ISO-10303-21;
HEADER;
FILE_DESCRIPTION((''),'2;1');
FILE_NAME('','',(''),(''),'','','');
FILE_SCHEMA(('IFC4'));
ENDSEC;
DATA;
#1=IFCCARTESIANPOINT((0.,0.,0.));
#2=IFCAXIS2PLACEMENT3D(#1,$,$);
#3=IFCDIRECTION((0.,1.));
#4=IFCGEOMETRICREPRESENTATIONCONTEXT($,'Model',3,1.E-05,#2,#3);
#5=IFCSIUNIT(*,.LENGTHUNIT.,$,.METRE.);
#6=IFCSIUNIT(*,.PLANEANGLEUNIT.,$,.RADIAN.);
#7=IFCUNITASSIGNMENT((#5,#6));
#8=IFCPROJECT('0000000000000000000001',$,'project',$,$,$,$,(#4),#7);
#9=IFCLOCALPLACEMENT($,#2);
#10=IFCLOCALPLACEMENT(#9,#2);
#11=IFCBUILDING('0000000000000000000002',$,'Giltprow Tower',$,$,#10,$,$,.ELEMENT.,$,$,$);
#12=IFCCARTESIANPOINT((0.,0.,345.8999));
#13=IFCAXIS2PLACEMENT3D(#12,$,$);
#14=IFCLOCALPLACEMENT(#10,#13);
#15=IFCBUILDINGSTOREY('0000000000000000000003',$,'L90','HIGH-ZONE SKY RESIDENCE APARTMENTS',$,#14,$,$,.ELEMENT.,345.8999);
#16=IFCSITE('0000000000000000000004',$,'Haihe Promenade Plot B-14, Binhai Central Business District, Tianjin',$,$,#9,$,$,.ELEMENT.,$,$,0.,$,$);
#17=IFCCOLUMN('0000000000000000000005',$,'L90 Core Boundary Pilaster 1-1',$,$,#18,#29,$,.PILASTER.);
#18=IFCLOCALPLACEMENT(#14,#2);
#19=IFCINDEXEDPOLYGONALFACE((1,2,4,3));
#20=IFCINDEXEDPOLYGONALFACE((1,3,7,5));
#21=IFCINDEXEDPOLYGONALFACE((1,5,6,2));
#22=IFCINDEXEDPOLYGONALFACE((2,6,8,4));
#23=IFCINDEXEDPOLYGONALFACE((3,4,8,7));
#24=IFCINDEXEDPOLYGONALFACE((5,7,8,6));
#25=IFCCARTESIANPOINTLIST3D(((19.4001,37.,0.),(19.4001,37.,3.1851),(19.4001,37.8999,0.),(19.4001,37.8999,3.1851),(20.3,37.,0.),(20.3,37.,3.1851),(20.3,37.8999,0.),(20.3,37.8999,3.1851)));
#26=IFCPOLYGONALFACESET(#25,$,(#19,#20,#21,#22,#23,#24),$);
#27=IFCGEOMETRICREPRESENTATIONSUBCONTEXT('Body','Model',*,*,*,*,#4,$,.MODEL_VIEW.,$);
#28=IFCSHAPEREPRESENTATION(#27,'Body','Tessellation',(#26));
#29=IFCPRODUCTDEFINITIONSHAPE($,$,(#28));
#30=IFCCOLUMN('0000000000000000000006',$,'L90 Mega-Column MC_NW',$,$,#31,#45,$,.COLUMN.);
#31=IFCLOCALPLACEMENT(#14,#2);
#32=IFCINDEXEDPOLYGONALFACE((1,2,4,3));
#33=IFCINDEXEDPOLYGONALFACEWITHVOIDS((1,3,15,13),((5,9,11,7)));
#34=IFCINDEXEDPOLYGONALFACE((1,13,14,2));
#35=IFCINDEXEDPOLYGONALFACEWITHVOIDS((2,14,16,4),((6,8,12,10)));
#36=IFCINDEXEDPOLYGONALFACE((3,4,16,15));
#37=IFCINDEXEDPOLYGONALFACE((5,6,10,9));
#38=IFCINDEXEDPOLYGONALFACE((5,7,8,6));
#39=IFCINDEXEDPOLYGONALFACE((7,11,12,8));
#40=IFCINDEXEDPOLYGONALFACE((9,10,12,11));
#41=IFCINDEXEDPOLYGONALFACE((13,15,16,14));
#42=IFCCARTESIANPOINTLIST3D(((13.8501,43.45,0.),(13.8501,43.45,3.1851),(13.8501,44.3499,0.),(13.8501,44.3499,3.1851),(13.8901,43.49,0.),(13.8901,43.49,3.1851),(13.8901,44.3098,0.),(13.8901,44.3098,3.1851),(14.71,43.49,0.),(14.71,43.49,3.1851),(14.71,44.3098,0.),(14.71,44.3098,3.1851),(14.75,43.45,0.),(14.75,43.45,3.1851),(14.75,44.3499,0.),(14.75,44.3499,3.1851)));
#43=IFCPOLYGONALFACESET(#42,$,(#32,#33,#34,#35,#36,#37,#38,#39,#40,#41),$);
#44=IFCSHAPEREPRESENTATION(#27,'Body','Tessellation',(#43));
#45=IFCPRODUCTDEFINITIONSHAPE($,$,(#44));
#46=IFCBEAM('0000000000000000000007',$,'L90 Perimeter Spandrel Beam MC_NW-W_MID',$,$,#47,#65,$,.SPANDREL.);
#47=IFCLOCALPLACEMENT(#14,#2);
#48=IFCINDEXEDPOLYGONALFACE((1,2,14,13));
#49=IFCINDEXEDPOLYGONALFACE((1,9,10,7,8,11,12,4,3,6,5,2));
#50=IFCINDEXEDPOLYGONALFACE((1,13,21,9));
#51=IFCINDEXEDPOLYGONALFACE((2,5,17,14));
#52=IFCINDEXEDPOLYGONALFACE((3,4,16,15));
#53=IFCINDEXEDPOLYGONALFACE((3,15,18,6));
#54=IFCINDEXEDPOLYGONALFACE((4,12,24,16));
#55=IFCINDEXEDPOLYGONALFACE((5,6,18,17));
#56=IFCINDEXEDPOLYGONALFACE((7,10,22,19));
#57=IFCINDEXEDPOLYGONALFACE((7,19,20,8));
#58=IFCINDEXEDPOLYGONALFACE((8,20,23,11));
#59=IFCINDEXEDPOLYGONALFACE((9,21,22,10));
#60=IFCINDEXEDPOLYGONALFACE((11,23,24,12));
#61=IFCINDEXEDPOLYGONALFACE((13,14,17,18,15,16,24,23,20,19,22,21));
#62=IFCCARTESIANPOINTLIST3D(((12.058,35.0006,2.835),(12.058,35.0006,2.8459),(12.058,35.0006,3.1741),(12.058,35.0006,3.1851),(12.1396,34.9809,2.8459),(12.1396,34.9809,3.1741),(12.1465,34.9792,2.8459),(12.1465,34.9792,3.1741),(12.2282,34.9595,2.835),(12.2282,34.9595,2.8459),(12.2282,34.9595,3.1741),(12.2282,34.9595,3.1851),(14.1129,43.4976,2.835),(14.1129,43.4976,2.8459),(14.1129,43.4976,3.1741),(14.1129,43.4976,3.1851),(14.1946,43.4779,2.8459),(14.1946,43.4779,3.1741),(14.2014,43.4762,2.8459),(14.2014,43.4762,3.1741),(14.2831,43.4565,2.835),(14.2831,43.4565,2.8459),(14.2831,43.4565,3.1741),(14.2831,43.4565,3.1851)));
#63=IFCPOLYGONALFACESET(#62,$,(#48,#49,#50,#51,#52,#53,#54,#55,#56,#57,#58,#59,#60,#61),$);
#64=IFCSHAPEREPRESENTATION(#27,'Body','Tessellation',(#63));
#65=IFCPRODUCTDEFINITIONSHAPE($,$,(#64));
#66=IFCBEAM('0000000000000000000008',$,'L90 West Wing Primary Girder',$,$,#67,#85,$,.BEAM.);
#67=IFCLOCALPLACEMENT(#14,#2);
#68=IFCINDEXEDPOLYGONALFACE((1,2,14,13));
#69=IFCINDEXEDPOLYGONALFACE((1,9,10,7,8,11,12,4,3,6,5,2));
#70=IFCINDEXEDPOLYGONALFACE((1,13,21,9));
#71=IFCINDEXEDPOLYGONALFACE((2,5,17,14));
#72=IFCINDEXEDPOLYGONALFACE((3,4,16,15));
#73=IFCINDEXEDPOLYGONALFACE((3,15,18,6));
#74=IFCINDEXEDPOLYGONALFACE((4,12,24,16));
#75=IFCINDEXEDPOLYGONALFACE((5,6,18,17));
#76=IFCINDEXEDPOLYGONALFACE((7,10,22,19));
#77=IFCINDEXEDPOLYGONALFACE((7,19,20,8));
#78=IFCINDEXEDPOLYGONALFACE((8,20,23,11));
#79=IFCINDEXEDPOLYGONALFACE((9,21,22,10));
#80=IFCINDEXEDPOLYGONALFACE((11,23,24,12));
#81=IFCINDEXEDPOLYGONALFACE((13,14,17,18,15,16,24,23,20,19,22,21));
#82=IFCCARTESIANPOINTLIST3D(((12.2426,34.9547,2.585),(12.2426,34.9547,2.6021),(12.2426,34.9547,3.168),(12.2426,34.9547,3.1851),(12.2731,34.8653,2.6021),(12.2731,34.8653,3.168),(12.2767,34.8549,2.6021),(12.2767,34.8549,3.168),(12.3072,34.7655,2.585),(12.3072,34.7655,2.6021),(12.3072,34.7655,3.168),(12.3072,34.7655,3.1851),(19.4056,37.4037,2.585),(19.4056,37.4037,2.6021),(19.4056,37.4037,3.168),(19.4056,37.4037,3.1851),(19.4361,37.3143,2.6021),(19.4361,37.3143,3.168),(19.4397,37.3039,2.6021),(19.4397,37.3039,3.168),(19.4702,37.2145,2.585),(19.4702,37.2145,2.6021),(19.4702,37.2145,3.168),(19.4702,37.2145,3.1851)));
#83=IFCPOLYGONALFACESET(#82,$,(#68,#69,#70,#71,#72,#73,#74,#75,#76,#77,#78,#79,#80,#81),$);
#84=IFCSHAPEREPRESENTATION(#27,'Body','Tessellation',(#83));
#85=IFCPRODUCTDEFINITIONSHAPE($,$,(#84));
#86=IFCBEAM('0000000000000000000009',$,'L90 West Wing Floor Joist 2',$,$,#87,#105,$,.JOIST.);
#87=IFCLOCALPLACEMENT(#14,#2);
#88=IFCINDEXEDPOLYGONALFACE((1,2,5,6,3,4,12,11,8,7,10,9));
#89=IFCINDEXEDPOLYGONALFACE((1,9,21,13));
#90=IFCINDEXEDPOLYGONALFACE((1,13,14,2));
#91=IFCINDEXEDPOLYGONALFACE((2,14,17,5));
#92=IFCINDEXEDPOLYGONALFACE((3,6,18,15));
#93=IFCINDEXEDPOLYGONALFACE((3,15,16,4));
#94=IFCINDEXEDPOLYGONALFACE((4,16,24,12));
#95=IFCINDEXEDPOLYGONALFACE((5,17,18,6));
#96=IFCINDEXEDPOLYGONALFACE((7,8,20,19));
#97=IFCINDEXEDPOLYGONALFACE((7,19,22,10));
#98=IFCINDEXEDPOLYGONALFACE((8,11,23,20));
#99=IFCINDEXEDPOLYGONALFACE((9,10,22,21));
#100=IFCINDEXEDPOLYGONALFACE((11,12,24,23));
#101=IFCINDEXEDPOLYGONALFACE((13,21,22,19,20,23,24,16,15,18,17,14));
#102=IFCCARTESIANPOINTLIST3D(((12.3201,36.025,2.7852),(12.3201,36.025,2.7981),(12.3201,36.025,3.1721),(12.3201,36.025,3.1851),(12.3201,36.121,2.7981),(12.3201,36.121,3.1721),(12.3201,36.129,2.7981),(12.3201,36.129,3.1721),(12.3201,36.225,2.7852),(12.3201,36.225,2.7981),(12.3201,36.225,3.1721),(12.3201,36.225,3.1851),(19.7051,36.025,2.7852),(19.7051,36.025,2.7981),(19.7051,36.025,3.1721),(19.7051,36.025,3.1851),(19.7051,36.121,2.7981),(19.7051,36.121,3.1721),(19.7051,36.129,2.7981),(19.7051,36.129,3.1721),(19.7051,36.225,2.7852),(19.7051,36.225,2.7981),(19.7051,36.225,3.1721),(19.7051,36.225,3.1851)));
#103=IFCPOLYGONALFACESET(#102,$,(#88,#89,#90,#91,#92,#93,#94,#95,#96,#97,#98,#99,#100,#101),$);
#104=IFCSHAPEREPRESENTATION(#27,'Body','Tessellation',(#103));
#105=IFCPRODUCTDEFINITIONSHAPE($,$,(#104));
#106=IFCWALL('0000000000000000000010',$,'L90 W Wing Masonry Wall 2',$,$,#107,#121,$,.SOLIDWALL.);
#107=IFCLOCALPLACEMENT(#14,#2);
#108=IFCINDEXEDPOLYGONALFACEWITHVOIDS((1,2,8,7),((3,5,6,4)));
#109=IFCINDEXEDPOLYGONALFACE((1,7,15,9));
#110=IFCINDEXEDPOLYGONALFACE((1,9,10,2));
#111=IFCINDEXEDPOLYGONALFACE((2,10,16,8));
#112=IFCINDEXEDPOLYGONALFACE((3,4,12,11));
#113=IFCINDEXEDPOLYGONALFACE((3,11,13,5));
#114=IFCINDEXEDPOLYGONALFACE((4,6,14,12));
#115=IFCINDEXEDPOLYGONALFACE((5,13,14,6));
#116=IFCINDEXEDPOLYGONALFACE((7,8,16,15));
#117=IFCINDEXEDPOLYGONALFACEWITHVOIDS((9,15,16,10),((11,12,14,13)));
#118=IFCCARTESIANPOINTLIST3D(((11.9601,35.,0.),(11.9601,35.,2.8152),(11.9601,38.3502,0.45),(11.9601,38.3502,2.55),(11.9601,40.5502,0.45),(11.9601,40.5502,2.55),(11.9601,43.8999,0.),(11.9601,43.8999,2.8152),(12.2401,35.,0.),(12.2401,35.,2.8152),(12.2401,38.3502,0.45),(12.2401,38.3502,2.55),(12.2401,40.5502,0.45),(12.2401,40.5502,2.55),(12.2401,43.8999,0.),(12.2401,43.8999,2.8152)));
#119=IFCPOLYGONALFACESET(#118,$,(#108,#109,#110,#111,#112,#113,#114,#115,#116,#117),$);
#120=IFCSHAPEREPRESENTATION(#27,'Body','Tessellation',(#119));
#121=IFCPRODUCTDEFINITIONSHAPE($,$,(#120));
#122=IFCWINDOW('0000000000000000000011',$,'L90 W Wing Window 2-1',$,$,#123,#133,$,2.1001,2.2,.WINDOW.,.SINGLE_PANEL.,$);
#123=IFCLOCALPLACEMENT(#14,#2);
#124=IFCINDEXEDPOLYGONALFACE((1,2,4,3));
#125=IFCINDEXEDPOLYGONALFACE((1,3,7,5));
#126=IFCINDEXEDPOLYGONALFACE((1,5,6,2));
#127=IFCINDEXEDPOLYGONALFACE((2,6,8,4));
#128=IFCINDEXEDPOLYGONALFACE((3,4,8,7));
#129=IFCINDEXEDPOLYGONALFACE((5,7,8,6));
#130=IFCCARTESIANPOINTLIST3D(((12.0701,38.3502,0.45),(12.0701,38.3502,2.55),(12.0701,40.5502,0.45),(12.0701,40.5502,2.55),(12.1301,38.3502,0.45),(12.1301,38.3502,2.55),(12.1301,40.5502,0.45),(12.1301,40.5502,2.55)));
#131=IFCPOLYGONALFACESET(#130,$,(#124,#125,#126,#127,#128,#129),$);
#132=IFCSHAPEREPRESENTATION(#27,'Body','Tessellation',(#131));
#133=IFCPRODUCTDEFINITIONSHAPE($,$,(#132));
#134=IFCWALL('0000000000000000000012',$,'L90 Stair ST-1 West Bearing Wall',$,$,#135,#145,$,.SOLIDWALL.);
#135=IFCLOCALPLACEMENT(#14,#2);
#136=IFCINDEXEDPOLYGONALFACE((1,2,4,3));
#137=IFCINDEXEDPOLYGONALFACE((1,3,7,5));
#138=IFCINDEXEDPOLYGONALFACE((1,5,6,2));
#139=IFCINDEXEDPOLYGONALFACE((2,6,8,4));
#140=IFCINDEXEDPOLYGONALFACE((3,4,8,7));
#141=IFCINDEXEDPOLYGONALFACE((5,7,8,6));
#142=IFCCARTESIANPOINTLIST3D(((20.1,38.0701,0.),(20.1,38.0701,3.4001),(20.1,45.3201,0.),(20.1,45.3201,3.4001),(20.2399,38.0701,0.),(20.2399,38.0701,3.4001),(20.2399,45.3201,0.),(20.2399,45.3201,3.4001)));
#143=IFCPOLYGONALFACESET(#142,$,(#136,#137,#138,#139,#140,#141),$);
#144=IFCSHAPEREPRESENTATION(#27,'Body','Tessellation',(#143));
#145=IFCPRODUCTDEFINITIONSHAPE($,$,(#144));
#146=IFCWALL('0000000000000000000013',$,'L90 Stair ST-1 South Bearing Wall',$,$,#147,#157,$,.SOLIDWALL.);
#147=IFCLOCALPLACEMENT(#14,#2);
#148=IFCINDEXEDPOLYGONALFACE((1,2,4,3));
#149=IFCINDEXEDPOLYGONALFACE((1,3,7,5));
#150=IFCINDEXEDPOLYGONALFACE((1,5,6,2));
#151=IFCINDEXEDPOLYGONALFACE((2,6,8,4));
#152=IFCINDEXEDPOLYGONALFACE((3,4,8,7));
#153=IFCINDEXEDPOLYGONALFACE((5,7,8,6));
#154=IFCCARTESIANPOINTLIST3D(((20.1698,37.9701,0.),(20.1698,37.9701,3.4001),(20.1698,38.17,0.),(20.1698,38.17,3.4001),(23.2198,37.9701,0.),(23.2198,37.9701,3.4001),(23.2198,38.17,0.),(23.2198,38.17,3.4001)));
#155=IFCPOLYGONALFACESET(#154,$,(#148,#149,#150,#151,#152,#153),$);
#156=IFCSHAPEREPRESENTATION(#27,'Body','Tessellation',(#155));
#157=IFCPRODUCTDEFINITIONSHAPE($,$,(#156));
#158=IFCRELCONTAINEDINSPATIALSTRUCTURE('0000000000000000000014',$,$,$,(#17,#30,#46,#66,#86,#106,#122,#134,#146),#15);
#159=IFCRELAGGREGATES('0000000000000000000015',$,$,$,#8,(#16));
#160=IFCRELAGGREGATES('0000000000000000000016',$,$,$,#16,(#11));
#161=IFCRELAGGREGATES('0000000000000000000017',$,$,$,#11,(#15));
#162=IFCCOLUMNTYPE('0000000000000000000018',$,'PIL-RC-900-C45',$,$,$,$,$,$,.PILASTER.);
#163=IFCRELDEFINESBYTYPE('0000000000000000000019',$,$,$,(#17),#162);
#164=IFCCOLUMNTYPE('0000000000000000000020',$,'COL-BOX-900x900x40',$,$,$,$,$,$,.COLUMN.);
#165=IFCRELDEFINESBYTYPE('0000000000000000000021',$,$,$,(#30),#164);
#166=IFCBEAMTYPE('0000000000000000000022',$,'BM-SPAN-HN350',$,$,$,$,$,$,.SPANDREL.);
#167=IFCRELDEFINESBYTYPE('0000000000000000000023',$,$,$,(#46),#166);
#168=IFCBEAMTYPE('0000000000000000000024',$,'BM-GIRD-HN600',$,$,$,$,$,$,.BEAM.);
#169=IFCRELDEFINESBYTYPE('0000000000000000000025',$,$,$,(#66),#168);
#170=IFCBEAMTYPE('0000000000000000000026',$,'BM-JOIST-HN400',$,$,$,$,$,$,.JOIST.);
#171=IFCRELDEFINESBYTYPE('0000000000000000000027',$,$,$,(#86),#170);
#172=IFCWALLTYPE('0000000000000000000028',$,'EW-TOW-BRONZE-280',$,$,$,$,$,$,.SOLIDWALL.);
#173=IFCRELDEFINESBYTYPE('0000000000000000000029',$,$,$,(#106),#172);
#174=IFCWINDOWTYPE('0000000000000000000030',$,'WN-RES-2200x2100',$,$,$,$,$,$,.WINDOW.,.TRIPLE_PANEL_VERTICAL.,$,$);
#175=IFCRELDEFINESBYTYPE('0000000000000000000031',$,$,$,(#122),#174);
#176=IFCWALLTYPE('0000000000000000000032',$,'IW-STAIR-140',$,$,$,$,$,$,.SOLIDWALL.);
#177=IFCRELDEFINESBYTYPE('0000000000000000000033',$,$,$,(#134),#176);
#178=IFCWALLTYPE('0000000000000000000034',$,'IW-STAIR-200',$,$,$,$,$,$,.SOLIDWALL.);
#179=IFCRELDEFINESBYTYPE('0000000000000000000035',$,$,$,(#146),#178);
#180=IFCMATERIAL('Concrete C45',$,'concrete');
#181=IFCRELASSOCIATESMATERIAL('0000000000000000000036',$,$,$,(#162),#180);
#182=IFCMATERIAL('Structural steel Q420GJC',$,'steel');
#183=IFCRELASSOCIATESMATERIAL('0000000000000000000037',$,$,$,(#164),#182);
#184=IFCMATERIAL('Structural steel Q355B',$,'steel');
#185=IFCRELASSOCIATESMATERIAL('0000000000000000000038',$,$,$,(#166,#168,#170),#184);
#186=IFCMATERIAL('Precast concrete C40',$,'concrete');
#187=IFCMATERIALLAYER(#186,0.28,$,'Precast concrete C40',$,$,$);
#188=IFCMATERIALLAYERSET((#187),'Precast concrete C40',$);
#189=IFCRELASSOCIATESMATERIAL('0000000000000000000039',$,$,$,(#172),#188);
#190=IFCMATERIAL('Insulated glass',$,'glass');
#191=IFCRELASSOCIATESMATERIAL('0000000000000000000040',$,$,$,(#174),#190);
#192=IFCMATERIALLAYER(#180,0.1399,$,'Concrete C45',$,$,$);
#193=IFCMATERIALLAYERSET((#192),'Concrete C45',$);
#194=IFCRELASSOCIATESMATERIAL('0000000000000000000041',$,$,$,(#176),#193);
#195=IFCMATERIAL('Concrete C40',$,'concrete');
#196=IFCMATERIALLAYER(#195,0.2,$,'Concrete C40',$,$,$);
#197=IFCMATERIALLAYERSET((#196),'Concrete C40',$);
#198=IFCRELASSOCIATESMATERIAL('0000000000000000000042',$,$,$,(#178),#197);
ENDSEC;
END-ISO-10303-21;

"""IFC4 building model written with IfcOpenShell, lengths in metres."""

from ifc_helpers import new_model, si_unit, direction, frame, frame_2d, origin, origin_2d, place, context, subcontext, project, spatial, rectangle, hollow_rectangle, i_section, extrude, source, transform, mapped, material, layer, layer_set, material_profile, profile_set, type_object, element, fill, save


model = new_model("IFC4")

# Units and contexts
model_context = context("Model", 3, precision=1e-05, world=origin(), true_north=direction((0.0, 1.0)))
body_context = subcontext(model_context, "Body", "Model", "MODEL_VIEW")
ifc_project = project(units=[si_unit("LENGTHUNIT", "METRE"), si_unit("PLANEANGLEUNIT", "RADIAN")], contexts=[model_context])

# Site, building, storey
site_placement = place(None, origin())
site = spatial("IfcSite", under=ifc_project, at=site_placement, Name="Haihe Promenade Plot B-14, Binhai Central Business District, Tianjin", CompositionType="ELEMENT", RefElevation=0.0)
building_placement = place(site_placement, origin())
building = spatial("IfcBuilding", under=site, at=building_placement, Name="Giltprow Tower", CompositionType="ELEMENT")
storey_placement = place(building_placement, frame((0.0, 0.0, 345.8999)))
storey = spatial("IfcBuildingStorey", under=building, at=storey_placement, Name="L90", Description="HIGH-ZONE SKY RESIDENCE APARTMENTS", CompositionType="ELEMENT", Elevation=345.8999)

# Columns
ifc_material_1 = material(Name="Concrete C45", Category="concrete")
ifc_material_profile_1 = material_profile(ifc_material_1, rectangle(XDim=0.8999, YDim=0.8999, at=origin_2d()), Name="RC 900x900")
ifc_profile_set_1 = profile_set([ifc_material_profile_1], Name="Concrete C45")
column_type_1 = type_object("IfcColumnType", Name="PIL-RC-900-C45", PredefinedType="PILASTER", material=ifc_profile_set_1)
shared_shape_1 = source(origin(), body_context, "Body", "SweptSolid", [
    extrude(rectangle(XDim=0.8999, YDim=0.8999, at=origin_2d()), origin(), (0.0, 0.0, 1.0), 3.1851),
])
column_1_placement = place(storey_placement, frame((19.8501, 37.45, 0.0), z_axis=(0.0, 0.0, 1.0), x_axis=(1.0, 0.0, 0.0)))
element("IfcColumn", 1, at=column_1_placement, inside=storey, type_object=column_type_1, Name="L90 Core Boundary Pilaster 1-1", PredefinedType="PILASTER", context=body_context, shape_type="MappedRepresentation", body=[
    mapped(shared_shape_1, transform((0.0, 0.0, 0.0), x_axis=(1.0, 0.0, 0.0), y_axis=(0.0, 1.0, 0.0), z_axis=(0.0, 0.0, 1.0), scale=1.0)),
])
ifc_material_2 = material(Name="Structural steel Q420GJC", Category="steel")
ifc_material_profile_2 = material_profile(ifc_material_2, hollow_rectangle(XDim=0.8999, YDim=0.8999, WallThickness=0.04, at=origin_2d()), Name="BOX 900x900x40")
ifc_profile_set_2 = profile_set([ifc_material_profile_2], Name="Structural steel Q420GJC")
column_type_2 = type_object("IfcColumnType", Name="COL-BOX-900x900x40", PredefinedType="COLUMN", material=ifc_profile_set_2)
shared_shape_2 = source(origin(), body_context, "Body", "SweptSolid", [
    extrude(hollow_rectangle(XDim=0.8999, YDim=0.8999, WallThickness=0.04, at=origin_2d()), origin(), (0.0, 0.0, 1.0), 3.1851),
])
column_2_placement = place(storey_placement, frame((14.3, 43.8999, 0.0), z_axis=(0.0, 0.0, 1.0), x_axis=(1.0, 0.0, 0.0)))
element("IfcColumn", 2, at=column_2_placement, inside=storey, type_object=column_type_2, Name="L90 Mega-Column MC_NW", PredefinedType="COLUMN", context=body_context, shape_type="MappedRepresentation", body=[
    mapped(shared_shape_2, transform((0.0, 0.0, 0.0), x_axis=(1.0, 0.0, 0.0), y_axis=(0.0, 1.0, 0.0), z_axis=(0.0, 0.0, 1.0), scale=1.0)),
])

# Beams
ifc_material_3 = material(Name="Structural steel Q355B", Category="steel")
ifc_material_profile_3 = material_profile(ifc_material_3, i_section(OverallWidth=0.175, OverallDepth=0.3501, WebThickness=0.0071, FlangeThickness=0.011, at=origin_2d()), Name="HN 350x175x7x11")
ifc_profile_set_3 = profile_set([ifc_material_profile_3], Name="Structural steel Q355B")
beam_type_1 = type_object("IfcBeamType", Name="BM-SPAN-HN350", PredefinedType="SPANDREL", material=ifc_profile_set_3)
shared_shape_3 = source(origin(), body_context, "Body", "SweptSolid", [
    extrude(i_section(OverallWidth=0.175, OverallDepth=0.3501, WebThickness=0.0071, FlangeThickness=0.011, at=origin_2d()), origin(), (0.0, 0.0, 1.0), 8.7419),
])
beam_1_placement = place(storey_placement, frame((14.198, 43.4771, 3.01), z_axis=(-0.235064, -0.97198, 0.0), x_axis=(0.97198, -0.235064, 0.0)))
element("IfcBeam", 3, at=beam_1_placement, inside=storey, type_object=beam_type_1, Name="L90 Perimeter Spandrel Beam MC_NW-W_MID", PredefinedType="SPANDREL", context=body_context, shape_type="MappedRepresentation", body=[
    mapped(shared_shape_3, transform((0.0, 0.0, 0.0), x_axis=(1.0, 0.0, 0.0), y_axis=(0.0, 1.0, 0.0), z_axis=(0.0, 0.0, 1.0), scale=1.0)),
])
ifc_material_profile_4 = material_profile(ifc_material_3, i_section(OverallWidth=0.2, OverallDepth=0.6001, WebThickness=0.011, FlangeThickness=0.0171, at=origin_2d()), Name="HN 600x200x11x17")
ifc_profile_set_4 = profile_set([ifc_material_profile_4], Name="Structural steel Q355B")
beam_type_2 = type_object("IfcBeamType", Name="BM-GIRD-HN600", PredefinedType="BEAM", material=ifc_profile_set_4)
shared_shape_4 = source(origin(), body_context, "Body", "SweptSolid", [
    extrude(i_section(OverallWidth=0.2, OverallDepth=0.6001, WebThickness=0.011, FlangeThickness=0.0171, at=origin_2d()), origin(), (0.0, 0.0, 1.0), 7.5701),
])
beam_2_placement = place(storey_placement, frame((12.2749, 34.8601, 2.885), z_axis=(0.946227, 0.323504, 0.0), x_axis=(-0.323504, 0.946227, 0.0)))
element("IfcBeam", 4, at=beam_2_placement, inside=storey, type_object=beam_type_2, Name="L90 West Wing Primary Girder", PredefinedType="BEAM", context=body_context, shape_type="MappedRepresentation", body=[
    mapped(shared_shape_4, transform((0.0, 0.0, 0.0), x_axis=(1.0, 0.0, 0.0), y_axis=(0.0, 1.0, 0.0), z_axis=(0.0, 0.0, 1.0), scale=1.0)),
])
ifc_material_profile_5 = material_profile(ifc_material_3, i_section(OverallWidth=0.2, OverallDepth=0.3999, WebThickness=0.0081, FlangeThickness=0.0129, at=origin_2d()), Name="HN 400x200x8x13")
ifc_profile_set_5 = profile_set([ifc_material_profile_5], Name="Structural steel Q355B")
beam_type_3 = type_object("IfcBeamType", Name="BM-JOIST-HN400", PredefinedType="JOIST", material=ifc_profile_set_5)
shared_shape_5 = source(origin(), body_context, "Body", "SweptSolid", [
    extrude(i_section(OverallWidth=0.2, OverallDepth=0.3999, WebThickness=0.0081, FlangeThickness=0.0129, at=origin_2d()), origin(), (0.0, 0.0, 1.0), 7.385),
])
beam_3_placement = place(storey_placement, frame((12.3201, 36.125, 2.9851), z_axis=(1.0, 0.0, 0.0), x_axis=(0.0, 1.0, 0.0)))
element("IfcBeam", 5, at=beam_3_placement, inside=storey, type_object=beam_type_3, Name="L90 West Wing Floor Joist 2", PredefinedType="JOIST", context=body_context, shape_type="MappedRepresentation", body=[
    mapped(shared_shape_5, transform((0.0, 0.0, 0.0), x_axis=(1.0, 0.0, 0.0), y_axis=(0.0, 1.0, 0.0), z_axis=(0.0, 0.0, 1.0), scale=1.0)),
])

# Wall, opening, window
ifc_material_4 = material(Name="Precast concrete C40", Category="concrete")
ifc_layer_1 = layer(ifc_material_4, 0.28, Name="Precast concrete C40")
ifc_layer_set_1 = layer_set([ifc_layer_1], Name="Precast concrete C40")
wall_type_1 = type_object("IfcWallType", Name="EW-TOW-BRONZE-280", PredefinedType="SOLIDWALL", material=ifc_layer_set_1)
wall_1_placement = place(storey_placement, frame((12.1001, 35.0, 0.0), z_axis=(0.0, 0.0, 1.0), x_axis=(0.0, 1.0, 0.0)))
wall_1 = element("IfcWall", 6, at=wall_1_placement, inside=storey, type_object=wall_type_1, Name="L90 W Wing Masonry Wall 2", PredefinedType="SOLIDWALL", context=body_context, shape_type="SweptSolid", body=[
    extrude(rectangle(XDim=8.8999, YDim=0.28, at=frame_2d((4.45, 0.0))), origin(), (0.0, 0.0, 1.0), 2.8152),
])
opening_1_placement = place(wall_1_placement, frame((3.3501, 0.0, 0.45)))
opening_1 = element("IfcOpeningElement", 7, at=opening_1_placement, cuts=wall_1, PredefinedType="OPENING", context=body_context, shape_type="SweptSolid", body=[
    extrude(rectangle(XDim=2.2, YDim=2.1001, at=frame_2d((1.1001, 1.05))), frame((0.0, 0.1499, 0.0), z_axis=(0.0, -1.0, 0.0), x_axis=(1.0, 0.0, 0.0)), (0.0, 0.0, 1.0), 0.3),
])
ifc_material_5 = material(Name="Insulated glass", Category="glass")
window_type = type_object("IfcWindowType", Name="WN-RES-2200x2100", PartitioningType="TRIPLE_PANEL_VERTICAL", PredefinedType="WINDOW", material=ifc_material_5)
shared_shape_6 = source(origin(), body_context, "Body", "SweptSolid", [
    extrude(rectangle(XDim=2.2, YDim=2.1001, at=frame_2d((1.1001, 1.05))), frame((0.0, 0.03, 0.0), z_axis=(0.0, -1.0, 0.0), x_axis=(1.0, 0.0, 0.0)), (0.0, 0.0, 1.0), 0.0601),
])
window_placement = place(opening_1_placement, origin())
window = element("IfcWindow", 8, at=window_placement, inside=storey, type_object=window_type, Name="L90 W Wing Window 2-1", OverallHeight=2.1001, OverallWidth=2.2, PartitioningType="SINGLE_PANEL", PredefinedType="WINDOW", context=body_context, shape_type="MappedRepresentation", body=[
    mapped(shared_shape_6, transform((0.0, 0.0, 0.0), x_axis=(1.0, 0.0, 0.0), y_axis=(0.0, 1.0, 0.0), z_axis=(0.0, 0.0, 1.0), scale=1.0)),
])
fill(opening_1, window)

# Walls
ifc_layer_2 = layer(ifc_material_1, 0.1399, Name="Concrete C45")
ifc_layer_set_2 = layer_set([ifc_layer_2], Name="Concrete C45")
wall_type_2 = type_object("IfcWallType", Name="IW-STAIR-140", PredefinedType="SOLIDWALL", material=ifc_layer_set_2)
wall_2_placement = place(storey_placement, frame((20.1699, 38.0701, 0.0), z_axis=(0.0, 0.0, 1.0), x_axis=(0.0, 1.0, 0.0)))
element("IfcWall", 9, at=wall_2_placement, inside=storey, type_object=wall_type_2, Name="L90 Stair ST-1 West Bearing Wall", PredefinedType="SOLIDWALL", context=body_context, shape_type="SweptSolid", body=[
    extrude(rectangle(XDim=7.25, YDim=0.1399, at=frame_2d((3.625, 0.0))), origin(), (0.0, 0.0, 1.0), 3.4001),
])
ifc_material_6 = material(Name="Concrete C40", Category="concrete")
ifc_layer_3 = layer(ifc_material_6, 0.2, Name="Concrete C40")
ifc_layer_set_3 = layer_set([ifc_layer_3], Name="Concrete C40")
wall_type_3 = type_object("IfcWallType", Name="IW-STAIR-200", PredefinedType="SOLIDWALL", material=ifc_layer_set_3)
wall_3_placement = place(storey_placement, frame((20.1699, 38.0701, 0.0), z_axis=(0.0, 0.0, 1.0), x_axis=(1.0, 0.0, 0.0)))
element("IfcWall", 10, at=wall_3_placement, inside=storey, type_object=wall_type_3, Name="L90 Stair ST-1 South Bearing Wall", PredefinedType="SOLIDWALL", context=body_context, shape_type="SweptSolid", body=[
    extrude(rectangle(XDim=3.05, YDim=0.2, at=frame_2d((1.5249, 0.0))), origin(), (0.0, 0.0, 1.0), 3.4001),
])

save(model, "model.ifc")
